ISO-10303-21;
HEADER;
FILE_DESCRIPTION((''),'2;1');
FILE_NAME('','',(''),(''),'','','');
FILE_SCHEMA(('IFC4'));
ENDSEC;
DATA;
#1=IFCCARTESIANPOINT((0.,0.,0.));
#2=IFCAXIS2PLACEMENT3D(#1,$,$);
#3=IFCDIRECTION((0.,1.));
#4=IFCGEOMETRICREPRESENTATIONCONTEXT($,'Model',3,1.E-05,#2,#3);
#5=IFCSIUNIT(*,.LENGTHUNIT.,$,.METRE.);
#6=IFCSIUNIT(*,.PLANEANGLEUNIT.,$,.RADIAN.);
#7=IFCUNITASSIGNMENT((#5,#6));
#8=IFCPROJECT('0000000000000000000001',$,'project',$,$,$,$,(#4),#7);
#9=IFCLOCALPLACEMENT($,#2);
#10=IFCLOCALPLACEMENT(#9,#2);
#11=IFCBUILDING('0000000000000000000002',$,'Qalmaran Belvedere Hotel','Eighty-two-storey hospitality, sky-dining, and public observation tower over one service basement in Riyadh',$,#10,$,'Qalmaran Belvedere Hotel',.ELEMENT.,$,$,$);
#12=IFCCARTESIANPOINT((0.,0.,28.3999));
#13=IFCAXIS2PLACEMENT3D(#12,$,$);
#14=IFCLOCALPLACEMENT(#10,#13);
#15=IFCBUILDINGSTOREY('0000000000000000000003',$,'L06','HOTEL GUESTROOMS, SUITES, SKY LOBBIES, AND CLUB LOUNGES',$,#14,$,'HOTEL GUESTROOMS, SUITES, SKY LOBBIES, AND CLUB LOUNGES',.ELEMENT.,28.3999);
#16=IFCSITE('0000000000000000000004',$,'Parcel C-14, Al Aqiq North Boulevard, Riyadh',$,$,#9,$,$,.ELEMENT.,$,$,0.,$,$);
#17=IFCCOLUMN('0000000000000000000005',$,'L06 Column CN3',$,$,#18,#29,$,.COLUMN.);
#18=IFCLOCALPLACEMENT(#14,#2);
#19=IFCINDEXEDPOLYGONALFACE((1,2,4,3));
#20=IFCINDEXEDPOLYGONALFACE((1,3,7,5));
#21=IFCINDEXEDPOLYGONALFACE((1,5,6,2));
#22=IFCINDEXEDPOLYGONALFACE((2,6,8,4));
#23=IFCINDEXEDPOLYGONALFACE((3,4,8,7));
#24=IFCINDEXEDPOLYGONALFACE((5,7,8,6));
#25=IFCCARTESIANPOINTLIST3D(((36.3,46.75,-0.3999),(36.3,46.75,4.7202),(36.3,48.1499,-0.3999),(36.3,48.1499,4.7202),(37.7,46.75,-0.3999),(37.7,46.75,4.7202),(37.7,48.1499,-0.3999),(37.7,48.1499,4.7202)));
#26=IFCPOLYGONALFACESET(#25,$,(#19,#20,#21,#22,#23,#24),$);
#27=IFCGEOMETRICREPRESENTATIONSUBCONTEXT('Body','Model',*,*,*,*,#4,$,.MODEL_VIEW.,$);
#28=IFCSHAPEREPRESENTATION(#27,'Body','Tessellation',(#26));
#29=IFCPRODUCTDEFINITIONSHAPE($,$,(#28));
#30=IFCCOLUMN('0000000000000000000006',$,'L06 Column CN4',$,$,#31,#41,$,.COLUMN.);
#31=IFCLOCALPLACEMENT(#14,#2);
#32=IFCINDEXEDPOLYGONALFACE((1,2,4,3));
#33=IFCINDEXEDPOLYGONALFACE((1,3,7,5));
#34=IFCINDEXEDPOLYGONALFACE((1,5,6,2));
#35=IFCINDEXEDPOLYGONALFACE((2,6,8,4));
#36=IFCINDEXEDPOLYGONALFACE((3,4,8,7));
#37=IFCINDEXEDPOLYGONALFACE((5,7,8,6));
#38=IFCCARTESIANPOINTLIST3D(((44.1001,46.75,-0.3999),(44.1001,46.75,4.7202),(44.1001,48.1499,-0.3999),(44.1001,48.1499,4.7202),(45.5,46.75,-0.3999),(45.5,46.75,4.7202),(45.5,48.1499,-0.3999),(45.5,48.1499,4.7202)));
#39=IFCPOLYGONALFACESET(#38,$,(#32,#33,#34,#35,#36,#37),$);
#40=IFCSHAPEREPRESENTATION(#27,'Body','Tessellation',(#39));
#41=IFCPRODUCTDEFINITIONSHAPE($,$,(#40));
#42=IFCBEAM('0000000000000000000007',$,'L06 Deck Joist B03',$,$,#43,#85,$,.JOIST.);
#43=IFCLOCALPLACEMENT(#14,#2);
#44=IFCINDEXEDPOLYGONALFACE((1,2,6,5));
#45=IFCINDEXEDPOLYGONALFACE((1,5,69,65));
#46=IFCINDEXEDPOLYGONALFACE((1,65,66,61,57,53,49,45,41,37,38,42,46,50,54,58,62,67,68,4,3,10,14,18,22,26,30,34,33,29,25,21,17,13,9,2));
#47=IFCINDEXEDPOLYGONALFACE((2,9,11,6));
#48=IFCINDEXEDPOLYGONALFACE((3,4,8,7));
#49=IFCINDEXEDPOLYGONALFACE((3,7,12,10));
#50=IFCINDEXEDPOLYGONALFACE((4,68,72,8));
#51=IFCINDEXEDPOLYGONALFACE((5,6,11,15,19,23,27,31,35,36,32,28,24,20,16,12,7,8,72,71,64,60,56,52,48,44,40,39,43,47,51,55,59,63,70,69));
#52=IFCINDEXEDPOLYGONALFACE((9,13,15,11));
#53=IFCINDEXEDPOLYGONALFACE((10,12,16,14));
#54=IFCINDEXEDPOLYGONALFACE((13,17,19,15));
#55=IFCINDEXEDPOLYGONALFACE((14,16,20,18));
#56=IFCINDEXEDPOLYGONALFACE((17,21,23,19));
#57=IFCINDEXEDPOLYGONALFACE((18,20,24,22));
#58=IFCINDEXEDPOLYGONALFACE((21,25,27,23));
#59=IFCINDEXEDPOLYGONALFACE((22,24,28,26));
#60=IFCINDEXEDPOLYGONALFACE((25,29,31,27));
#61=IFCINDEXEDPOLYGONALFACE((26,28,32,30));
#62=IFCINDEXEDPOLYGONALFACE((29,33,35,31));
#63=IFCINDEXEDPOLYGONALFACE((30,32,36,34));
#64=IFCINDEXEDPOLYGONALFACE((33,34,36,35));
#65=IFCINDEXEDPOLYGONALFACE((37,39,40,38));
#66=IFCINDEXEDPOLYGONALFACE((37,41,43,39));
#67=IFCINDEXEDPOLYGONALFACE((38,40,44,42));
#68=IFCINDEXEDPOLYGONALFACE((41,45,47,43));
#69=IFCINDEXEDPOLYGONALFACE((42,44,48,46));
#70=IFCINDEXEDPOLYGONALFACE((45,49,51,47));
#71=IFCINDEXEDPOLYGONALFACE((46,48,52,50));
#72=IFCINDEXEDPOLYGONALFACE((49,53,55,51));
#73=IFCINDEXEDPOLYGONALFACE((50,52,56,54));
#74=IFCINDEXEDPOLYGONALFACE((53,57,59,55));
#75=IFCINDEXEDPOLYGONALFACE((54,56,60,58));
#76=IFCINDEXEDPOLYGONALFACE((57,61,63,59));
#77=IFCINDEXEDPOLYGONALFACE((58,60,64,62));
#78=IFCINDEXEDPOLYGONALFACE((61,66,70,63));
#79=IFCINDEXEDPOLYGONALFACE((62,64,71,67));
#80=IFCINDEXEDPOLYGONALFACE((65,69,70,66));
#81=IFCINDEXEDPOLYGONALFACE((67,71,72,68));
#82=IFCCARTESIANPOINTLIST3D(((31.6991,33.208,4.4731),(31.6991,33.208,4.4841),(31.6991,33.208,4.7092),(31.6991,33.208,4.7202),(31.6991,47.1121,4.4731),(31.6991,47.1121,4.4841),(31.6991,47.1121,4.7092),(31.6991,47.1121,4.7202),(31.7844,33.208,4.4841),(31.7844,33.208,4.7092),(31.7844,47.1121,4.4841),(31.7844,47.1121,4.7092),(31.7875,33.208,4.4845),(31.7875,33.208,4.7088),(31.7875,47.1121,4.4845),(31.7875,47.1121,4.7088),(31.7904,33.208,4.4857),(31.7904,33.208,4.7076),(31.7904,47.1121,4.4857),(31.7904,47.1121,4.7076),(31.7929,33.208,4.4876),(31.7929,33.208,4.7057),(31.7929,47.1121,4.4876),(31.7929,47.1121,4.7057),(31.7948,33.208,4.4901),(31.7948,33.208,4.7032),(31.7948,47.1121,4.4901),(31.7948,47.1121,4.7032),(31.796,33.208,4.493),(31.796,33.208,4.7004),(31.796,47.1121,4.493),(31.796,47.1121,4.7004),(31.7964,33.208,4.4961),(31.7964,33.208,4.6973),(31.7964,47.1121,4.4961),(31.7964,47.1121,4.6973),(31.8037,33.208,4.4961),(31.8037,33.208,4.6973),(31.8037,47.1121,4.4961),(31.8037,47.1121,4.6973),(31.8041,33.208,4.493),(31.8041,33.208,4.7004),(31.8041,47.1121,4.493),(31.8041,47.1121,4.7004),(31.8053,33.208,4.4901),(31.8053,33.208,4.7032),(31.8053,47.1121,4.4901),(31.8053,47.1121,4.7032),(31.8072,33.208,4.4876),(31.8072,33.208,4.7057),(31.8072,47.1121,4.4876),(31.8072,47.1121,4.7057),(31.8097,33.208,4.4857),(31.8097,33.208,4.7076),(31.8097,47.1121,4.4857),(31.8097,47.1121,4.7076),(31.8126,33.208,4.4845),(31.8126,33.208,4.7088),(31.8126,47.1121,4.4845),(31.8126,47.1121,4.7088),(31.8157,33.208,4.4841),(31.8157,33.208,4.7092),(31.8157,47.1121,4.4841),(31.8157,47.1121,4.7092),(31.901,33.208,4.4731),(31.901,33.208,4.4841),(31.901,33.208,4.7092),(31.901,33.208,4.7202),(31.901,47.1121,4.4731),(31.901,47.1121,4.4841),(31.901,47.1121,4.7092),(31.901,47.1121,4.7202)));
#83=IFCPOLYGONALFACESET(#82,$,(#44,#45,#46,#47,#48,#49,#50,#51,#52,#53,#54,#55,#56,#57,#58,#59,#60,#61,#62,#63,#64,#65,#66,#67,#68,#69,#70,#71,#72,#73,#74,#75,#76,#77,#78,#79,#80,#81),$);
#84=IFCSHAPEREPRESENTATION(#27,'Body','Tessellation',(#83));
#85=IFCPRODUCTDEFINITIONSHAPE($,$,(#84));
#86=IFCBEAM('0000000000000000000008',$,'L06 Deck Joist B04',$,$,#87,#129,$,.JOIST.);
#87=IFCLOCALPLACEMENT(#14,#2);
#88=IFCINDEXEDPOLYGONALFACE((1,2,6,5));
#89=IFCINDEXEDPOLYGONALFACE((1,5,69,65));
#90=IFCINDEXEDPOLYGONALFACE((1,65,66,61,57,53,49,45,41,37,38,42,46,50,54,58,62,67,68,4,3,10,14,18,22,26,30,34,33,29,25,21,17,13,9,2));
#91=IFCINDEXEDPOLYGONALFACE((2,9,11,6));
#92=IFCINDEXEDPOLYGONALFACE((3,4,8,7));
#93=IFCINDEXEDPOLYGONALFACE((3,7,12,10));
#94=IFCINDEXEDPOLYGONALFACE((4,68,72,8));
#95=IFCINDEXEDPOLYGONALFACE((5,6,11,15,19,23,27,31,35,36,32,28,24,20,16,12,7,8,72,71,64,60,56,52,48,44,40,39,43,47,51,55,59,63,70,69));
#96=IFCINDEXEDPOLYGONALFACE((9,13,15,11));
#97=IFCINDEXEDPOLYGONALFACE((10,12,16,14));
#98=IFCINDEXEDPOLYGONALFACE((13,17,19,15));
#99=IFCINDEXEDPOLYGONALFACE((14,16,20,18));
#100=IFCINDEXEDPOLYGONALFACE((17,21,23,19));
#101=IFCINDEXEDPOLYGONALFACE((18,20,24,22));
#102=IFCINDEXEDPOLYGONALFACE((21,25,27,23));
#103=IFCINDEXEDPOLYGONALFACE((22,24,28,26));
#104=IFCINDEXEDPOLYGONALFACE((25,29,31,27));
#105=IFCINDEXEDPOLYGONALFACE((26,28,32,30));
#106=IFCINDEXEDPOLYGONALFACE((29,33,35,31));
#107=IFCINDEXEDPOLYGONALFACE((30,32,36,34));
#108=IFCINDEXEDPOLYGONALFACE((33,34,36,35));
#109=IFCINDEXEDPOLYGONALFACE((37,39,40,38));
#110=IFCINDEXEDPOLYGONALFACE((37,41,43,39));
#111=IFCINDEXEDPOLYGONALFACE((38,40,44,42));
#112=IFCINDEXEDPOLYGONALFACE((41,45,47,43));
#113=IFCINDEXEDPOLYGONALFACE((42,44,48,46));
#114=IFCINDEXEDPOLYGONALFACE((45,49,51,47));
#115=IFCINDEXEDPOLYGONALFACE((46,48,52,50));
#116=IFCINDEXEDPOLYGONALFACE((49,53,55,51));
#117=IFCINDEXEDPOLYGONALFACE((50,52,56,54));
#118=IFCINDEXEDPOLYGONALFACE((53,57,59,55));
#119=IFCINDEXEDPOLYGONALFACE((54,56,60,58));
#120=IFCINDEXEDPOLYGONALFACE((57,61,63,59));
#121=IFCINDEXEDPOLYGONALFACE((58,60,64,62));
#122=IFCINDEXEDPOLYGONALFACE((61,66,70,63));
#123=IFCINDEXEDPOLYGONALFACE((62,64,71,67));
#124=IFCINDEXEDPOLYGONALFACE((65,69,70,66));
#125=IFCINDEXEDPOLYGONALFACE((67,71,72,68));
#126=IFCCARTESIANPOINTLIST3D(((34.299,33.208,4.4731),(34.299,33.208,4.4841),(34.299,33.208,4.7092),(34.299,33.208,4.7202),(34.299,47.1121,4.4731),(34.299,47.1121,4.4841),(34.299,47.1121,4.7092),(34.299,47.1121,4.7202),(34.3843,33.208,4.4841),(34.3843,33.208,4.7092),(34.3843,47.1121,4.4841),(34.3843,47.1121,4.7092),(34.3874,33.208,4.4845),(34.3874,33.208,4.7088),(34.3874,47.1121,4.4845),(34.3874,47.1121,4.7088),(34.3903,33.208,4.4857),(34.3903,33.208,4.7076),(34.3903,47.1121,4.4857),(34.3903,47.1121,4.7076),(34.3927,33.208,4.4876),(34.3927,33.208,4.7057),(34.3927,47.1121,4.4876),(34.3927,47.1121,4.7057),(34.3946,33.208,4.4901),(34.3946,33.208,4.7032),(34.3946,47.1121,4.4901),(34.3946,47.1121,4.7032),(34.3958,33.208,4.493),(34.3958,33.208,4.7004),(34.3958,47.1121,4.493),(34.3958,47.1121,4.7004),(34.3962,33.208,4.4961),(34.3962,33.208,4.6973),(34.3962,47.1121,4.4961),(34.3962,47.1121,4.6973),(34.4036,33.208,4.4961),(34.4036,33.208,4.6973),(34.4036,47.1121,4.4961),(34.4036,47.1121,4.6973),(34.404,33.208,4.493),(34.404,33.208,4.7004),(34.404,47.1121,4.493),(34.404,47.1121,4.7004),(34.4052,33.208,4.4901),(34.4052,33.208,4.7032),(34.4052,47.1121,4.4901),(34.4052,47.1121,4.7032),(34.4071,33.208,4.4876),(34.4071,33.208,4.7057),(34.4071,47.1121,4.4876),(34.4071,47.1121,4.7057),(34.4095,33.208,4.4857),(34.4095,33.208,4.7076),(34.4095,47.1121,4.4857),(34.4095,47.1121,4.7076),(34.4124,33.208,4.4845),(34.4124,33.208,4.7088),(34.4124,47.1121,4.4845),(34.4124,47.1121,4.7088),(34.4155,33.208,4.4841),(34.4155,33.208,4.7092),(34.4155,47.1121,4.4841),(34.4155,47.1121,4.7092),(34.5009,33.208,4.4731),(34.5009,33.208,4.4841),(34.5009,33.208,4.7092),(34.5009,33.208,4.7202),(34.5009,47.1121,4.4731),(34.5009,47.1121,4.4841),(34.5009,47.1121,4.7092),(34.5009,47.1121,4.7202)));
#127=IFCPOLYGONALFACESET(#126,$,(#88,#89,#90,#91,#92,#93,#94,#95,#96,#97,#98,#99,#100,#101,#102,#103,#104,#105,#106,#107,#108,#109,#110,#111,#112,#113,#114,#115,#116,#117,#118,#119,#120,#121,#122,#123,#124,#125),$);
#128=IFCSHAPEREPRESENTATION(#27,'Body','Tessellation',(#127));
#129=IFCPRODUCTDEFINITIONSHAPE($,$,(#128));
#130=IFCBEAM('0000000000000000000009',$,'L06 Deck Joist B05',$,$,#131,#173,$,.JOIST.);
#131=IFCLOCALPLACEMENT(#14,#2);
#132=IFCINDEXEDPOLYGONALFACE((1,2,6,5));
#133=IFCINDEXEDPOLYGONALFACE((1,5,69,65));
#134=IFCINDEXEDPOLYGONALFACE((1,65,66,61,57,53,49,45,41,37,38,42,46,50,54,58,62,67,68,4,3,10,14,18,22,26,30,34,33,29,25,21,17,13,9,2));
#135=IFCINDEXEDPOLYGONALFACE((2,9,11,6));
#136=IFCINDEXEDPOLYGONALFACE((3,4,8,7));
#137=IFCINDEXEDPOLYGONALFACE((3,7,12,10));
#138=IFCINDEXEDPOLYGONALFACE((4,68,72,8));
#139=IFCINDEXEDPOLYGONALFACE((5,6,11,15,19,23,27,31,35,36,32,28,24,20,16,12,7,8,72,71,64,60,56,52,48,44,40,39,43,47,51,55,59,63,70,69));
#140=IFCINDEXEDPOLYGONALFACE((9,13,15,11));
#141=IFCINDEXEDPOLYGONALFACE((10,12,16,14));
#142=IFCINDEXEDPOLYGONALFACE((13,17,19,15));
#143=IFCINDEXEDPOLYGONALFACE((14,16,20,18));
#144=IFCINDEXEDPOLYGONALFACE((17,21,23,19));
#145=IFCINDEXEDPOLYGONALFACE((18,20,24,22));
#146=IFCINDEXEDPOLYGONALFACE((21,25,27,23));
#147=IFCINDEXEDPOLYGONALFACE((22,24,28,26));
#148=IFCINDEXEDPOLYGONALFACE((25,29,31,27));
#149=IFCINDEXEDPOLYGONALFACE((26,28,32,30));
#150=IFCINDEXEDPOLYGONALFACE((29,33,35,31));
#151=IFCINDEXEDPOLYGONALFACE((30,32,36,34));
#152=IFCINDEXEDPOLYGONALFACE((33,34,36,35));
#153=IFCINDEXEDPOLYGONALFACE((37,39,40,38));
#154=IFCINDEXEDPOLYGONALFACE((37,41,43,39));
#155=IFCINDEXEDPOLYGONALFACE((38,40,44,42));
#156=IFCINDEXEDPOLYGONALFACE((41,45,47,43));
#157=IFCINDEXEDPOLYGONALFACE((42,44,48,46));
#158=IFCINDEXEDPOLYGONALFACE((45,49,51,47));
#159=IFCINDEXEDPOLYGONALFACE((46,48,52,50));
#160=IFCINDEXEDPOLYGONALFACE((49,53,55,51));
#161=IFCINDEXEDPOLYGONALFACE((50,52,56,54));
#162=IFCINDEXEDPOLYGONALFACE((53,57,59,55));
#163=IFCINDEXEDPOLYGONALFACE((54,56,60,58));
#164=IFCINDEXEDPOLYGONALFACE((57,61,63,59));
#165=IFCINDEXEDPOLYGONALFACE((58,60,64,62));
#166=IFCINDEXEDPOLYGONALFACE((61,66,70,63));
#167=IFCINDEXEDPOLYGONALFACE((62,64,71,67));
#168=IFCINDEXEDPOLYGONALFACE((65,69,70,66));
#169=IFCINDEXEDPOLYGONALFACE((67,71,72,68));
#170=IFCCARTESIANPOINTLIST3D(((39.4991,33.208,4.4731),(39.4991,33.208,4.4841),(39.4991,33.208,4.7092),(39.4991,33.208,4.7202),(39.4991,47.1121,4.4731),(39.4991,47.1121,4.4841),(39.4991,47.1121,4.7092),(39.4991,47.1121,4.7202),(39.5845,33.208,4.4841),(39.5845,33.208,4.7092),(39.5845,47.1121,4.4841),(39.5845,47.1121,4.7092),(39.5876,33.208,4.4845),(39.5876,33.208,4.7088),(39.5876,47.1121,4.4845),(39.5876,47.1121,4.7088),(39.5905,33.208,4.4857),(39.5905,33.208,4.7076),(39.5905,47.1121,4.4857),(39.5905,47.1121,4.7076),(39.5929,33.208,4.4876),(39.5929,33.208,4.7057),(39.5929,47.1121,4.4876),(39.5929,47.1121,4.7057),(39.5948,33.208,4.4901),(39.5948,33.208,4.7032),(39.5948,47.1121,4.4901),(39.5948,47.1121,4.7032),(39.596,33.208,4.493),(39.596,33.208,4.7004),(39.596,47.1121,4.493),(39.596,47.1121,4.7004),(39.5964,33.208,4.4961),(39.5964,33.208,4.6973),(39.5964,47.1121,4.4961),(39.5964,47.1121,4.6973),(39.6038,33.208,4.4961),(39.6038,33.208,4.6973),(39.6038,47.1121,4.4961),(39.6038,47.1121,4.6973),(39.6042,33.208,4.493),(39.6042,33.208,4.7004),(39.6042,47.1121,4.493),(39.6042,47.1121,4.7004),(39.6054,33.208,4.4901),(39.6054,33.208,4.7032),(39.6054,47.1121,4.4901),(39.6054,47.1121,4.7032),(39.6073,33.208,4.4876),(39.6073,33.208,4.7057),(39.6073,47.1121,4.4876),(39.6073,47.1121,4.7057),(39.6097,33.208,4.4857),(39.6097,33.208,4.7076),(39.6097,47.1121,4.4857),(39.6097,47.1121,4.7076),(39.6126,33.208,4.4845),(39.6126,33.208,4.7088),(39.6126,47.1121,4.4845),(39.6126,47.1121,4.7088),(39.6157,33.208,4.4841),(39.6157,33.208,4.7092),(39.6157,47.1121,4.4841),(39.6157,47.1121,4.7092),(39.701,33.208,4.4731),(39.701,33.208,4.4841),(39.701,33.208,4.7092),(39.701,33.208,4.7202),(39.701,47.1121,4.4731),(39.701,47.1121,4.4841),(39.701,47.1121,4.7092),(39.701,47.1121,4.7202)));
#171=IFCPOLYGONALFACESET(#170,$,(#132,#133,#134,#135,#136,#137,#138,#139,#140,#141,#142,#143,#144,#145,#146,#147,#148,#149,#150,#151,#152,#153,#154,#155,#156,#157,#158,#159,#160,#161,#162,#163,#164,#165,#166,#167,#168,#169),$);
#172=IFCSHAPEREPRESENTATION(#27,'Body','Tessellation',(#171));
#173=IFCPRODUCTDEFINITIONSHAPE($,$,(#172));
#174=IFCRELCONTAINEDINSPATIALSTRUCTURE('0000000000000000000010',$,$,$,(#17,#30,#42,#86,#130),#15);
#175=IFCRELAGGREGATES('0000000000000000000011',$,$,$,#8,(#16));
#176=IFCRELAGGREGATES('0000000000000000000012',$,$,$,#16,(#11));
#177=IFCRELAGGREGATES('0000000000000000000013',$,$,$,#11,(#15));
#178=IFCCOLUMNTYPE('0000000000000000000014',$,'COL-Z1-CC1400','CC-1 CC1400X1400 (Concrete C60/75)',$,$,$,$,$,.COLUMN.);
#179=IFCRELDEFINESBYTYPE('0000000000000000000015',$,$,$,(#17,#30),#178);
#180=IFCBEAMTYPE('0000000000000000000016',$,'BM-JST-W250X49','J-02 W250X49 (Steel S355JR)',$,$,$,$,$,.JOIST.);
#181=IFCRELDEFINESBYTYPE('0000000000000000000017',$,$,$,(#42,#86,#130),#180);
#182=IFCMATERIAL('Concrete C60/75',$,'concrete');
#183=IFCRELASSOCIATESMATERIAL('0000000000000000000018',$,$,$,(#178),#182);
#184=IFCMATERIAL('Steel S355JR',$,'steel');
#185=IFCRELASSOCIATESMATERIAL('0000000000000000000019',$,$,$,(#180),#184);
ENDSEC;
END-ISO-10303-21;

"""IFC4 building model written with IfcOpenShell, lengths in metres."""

from ifc_helpers import new_model, si_unit, direction, frame, origin, origin_2d, place, context, subcontext, project, spatial, rectangle, i_section, extrude, material, material_profile, profile_set, type_object, element, save


model = new_model("IFC4")

# Units and contexts
model_context = context("Model", 3, precision=1e-05, world=origin(), true_north=direction((0.0, 1.0)))
body_context = subcontext(model_context, "Body", "Model", "MODEL_VIEW")
ifc_project = project(units=[si_unit("LENGTHUNIT", "METRE"), si_unit("PLANEANGLEUNIT", "RADIAN")], contexts=[model_context])

# Site, building, storey
site_placement = place(None, origin())
site = spatial("IfcSite", under=ifc_project, at=site_placement, Name="Parcel C-14, Al Aqiq North Boulevard, Riyadh", CompositionType="ELEMENT", RefElevation=0.0)
building_placement = place(site_placement, origin())
building = spatial("IfcBuilding", under=site, at=building_placement, Name="Qalmaran Belvedere Hotel", Description="Eighty-two-storey hospitality, sky-dining, and public observation tower over one service basement in Riyadh", LongName="Qalmaran Belvedere Hotel", CompositionType="ELEMENT")
storey_placement = place(building_placement, frame((0.0, 0.0, 28.3999)))
storey = spatial("IfcBuildingStorey", under=building, at=storey_placement, Name="L06", Description="HOTEL GUESTROOMS, SUITES, SKY LOBBIES, AND CLUB LOUNGES", LongName="HOTEL GUESTROOMS, SUITES, SKY LOBBIES, AND CLUB LOUNGES", CompositionType="ELEMENT", Elevation=28.3999)

# Columns
ifc_material_1 = material(Name="Concrete C60/75", Category="concrete")
ifc_material_profile_1 = material_profile(ifc_material_1, rectangle(XDim=1.3999, YDim=1.3999, at=origin_2d()), Name="CC1400X1400")
ifc_profile_set_1 = profile_set([ifc_material_profile_1], Name="Concrete C60/75")
column_type = type_object("IfcColumnType", Name="COL-Z1-CC1400", Description="CC-1 CC1400X1400 (Concrete C60/75)", PredefinedType="COLUMN", material=ifc_profile_set_1)
for number, where, z_axis, x_axis, name in (
    (1, (37.0, 47.45, -0.3999), (0.0, 0.0, 1.0), (1.0, 0.0, 0.0), "L06 Column CN3"),
    (2, (44.8, 47.45, -0.3999), (0.0, 0.0, 1.0), (1.0, 0.0, 0.0), "L06 Column CN4"),
):
    element("IfcColumn", number, at=place(storey_placement, frame(where, z_axis=z_axis, x_axis=x_axis)), inside=storey, type_object=column_type, Name=name, PredefinedType="COLUMN", context=body_context, shape_type="SweptSolid", body=[
        extrude(rectangle(XDim=1.3999, YDim=1.3999, at=origin_2d()), origin(), (0.0, 0.0, 1.0), 5.1201),
    ])

# Beams
ifc_material_2 = material(Name="Steel S355JR", Category="steel")
ifc_material_profile_2 = material_profile(ifc_material_2, i_section(OverallWidth=0.2019, OverallDepth=0.2471, WebThickness=0.0073, FlangeThickness=0.011, FilletRadius=0.012, at=origin_2d()), Name="W250X49")
ifc_profile_set_2 = profile_set([ifc_material_profile_2], Name="Steel S355JR")
beam_type_1 = type_object("IfcBeamType", Name="BM-JST-W250X49", Description="J-02 W250X49 (Steel S355JR)", PredefinedType="JOIST", material=ifc_profile_set_2)
for number, where, z_axis, x_axis, name in (
    (3, (31.8, 33.208, 4.5967), (0.0, 1.0, 0.0), (-1.0, 0.0, 0.0), "L06 Deck Joist B03"),
    (4, (34.3999, 33.208, 4.5967), (0.0, 1.0, 0.0), (-1.0, 0.0, 0.0), "L06 Deck Joist B04"),
    (5, (39.6001, 33.208, 4.5967), (0.0, 1.0, 0.0), (-1.0, 0.0, 0.0), "L06 Deck Joist B05"),
):
    element("IfcBeam", number, at=place(storey_placement, frame(where, z_axis=z_axis, x_axis=x_axis)), inside=storey, type_object=beam_type_1, Name=name, PredefinedType="JOIST", context=body_context, shape_type="SweptSolid", body=[
        extrude(i_section(OverallWidth=0.2019, OverallDepth=0.2471, WebThickness=0.0073, FlangeThickness=0.011, FilletRadius=0.012, at=origin_2d()), origin(), (0.0, 0.0, 1.0), 13.9041),
    ])

save(model, "model.ifc")
